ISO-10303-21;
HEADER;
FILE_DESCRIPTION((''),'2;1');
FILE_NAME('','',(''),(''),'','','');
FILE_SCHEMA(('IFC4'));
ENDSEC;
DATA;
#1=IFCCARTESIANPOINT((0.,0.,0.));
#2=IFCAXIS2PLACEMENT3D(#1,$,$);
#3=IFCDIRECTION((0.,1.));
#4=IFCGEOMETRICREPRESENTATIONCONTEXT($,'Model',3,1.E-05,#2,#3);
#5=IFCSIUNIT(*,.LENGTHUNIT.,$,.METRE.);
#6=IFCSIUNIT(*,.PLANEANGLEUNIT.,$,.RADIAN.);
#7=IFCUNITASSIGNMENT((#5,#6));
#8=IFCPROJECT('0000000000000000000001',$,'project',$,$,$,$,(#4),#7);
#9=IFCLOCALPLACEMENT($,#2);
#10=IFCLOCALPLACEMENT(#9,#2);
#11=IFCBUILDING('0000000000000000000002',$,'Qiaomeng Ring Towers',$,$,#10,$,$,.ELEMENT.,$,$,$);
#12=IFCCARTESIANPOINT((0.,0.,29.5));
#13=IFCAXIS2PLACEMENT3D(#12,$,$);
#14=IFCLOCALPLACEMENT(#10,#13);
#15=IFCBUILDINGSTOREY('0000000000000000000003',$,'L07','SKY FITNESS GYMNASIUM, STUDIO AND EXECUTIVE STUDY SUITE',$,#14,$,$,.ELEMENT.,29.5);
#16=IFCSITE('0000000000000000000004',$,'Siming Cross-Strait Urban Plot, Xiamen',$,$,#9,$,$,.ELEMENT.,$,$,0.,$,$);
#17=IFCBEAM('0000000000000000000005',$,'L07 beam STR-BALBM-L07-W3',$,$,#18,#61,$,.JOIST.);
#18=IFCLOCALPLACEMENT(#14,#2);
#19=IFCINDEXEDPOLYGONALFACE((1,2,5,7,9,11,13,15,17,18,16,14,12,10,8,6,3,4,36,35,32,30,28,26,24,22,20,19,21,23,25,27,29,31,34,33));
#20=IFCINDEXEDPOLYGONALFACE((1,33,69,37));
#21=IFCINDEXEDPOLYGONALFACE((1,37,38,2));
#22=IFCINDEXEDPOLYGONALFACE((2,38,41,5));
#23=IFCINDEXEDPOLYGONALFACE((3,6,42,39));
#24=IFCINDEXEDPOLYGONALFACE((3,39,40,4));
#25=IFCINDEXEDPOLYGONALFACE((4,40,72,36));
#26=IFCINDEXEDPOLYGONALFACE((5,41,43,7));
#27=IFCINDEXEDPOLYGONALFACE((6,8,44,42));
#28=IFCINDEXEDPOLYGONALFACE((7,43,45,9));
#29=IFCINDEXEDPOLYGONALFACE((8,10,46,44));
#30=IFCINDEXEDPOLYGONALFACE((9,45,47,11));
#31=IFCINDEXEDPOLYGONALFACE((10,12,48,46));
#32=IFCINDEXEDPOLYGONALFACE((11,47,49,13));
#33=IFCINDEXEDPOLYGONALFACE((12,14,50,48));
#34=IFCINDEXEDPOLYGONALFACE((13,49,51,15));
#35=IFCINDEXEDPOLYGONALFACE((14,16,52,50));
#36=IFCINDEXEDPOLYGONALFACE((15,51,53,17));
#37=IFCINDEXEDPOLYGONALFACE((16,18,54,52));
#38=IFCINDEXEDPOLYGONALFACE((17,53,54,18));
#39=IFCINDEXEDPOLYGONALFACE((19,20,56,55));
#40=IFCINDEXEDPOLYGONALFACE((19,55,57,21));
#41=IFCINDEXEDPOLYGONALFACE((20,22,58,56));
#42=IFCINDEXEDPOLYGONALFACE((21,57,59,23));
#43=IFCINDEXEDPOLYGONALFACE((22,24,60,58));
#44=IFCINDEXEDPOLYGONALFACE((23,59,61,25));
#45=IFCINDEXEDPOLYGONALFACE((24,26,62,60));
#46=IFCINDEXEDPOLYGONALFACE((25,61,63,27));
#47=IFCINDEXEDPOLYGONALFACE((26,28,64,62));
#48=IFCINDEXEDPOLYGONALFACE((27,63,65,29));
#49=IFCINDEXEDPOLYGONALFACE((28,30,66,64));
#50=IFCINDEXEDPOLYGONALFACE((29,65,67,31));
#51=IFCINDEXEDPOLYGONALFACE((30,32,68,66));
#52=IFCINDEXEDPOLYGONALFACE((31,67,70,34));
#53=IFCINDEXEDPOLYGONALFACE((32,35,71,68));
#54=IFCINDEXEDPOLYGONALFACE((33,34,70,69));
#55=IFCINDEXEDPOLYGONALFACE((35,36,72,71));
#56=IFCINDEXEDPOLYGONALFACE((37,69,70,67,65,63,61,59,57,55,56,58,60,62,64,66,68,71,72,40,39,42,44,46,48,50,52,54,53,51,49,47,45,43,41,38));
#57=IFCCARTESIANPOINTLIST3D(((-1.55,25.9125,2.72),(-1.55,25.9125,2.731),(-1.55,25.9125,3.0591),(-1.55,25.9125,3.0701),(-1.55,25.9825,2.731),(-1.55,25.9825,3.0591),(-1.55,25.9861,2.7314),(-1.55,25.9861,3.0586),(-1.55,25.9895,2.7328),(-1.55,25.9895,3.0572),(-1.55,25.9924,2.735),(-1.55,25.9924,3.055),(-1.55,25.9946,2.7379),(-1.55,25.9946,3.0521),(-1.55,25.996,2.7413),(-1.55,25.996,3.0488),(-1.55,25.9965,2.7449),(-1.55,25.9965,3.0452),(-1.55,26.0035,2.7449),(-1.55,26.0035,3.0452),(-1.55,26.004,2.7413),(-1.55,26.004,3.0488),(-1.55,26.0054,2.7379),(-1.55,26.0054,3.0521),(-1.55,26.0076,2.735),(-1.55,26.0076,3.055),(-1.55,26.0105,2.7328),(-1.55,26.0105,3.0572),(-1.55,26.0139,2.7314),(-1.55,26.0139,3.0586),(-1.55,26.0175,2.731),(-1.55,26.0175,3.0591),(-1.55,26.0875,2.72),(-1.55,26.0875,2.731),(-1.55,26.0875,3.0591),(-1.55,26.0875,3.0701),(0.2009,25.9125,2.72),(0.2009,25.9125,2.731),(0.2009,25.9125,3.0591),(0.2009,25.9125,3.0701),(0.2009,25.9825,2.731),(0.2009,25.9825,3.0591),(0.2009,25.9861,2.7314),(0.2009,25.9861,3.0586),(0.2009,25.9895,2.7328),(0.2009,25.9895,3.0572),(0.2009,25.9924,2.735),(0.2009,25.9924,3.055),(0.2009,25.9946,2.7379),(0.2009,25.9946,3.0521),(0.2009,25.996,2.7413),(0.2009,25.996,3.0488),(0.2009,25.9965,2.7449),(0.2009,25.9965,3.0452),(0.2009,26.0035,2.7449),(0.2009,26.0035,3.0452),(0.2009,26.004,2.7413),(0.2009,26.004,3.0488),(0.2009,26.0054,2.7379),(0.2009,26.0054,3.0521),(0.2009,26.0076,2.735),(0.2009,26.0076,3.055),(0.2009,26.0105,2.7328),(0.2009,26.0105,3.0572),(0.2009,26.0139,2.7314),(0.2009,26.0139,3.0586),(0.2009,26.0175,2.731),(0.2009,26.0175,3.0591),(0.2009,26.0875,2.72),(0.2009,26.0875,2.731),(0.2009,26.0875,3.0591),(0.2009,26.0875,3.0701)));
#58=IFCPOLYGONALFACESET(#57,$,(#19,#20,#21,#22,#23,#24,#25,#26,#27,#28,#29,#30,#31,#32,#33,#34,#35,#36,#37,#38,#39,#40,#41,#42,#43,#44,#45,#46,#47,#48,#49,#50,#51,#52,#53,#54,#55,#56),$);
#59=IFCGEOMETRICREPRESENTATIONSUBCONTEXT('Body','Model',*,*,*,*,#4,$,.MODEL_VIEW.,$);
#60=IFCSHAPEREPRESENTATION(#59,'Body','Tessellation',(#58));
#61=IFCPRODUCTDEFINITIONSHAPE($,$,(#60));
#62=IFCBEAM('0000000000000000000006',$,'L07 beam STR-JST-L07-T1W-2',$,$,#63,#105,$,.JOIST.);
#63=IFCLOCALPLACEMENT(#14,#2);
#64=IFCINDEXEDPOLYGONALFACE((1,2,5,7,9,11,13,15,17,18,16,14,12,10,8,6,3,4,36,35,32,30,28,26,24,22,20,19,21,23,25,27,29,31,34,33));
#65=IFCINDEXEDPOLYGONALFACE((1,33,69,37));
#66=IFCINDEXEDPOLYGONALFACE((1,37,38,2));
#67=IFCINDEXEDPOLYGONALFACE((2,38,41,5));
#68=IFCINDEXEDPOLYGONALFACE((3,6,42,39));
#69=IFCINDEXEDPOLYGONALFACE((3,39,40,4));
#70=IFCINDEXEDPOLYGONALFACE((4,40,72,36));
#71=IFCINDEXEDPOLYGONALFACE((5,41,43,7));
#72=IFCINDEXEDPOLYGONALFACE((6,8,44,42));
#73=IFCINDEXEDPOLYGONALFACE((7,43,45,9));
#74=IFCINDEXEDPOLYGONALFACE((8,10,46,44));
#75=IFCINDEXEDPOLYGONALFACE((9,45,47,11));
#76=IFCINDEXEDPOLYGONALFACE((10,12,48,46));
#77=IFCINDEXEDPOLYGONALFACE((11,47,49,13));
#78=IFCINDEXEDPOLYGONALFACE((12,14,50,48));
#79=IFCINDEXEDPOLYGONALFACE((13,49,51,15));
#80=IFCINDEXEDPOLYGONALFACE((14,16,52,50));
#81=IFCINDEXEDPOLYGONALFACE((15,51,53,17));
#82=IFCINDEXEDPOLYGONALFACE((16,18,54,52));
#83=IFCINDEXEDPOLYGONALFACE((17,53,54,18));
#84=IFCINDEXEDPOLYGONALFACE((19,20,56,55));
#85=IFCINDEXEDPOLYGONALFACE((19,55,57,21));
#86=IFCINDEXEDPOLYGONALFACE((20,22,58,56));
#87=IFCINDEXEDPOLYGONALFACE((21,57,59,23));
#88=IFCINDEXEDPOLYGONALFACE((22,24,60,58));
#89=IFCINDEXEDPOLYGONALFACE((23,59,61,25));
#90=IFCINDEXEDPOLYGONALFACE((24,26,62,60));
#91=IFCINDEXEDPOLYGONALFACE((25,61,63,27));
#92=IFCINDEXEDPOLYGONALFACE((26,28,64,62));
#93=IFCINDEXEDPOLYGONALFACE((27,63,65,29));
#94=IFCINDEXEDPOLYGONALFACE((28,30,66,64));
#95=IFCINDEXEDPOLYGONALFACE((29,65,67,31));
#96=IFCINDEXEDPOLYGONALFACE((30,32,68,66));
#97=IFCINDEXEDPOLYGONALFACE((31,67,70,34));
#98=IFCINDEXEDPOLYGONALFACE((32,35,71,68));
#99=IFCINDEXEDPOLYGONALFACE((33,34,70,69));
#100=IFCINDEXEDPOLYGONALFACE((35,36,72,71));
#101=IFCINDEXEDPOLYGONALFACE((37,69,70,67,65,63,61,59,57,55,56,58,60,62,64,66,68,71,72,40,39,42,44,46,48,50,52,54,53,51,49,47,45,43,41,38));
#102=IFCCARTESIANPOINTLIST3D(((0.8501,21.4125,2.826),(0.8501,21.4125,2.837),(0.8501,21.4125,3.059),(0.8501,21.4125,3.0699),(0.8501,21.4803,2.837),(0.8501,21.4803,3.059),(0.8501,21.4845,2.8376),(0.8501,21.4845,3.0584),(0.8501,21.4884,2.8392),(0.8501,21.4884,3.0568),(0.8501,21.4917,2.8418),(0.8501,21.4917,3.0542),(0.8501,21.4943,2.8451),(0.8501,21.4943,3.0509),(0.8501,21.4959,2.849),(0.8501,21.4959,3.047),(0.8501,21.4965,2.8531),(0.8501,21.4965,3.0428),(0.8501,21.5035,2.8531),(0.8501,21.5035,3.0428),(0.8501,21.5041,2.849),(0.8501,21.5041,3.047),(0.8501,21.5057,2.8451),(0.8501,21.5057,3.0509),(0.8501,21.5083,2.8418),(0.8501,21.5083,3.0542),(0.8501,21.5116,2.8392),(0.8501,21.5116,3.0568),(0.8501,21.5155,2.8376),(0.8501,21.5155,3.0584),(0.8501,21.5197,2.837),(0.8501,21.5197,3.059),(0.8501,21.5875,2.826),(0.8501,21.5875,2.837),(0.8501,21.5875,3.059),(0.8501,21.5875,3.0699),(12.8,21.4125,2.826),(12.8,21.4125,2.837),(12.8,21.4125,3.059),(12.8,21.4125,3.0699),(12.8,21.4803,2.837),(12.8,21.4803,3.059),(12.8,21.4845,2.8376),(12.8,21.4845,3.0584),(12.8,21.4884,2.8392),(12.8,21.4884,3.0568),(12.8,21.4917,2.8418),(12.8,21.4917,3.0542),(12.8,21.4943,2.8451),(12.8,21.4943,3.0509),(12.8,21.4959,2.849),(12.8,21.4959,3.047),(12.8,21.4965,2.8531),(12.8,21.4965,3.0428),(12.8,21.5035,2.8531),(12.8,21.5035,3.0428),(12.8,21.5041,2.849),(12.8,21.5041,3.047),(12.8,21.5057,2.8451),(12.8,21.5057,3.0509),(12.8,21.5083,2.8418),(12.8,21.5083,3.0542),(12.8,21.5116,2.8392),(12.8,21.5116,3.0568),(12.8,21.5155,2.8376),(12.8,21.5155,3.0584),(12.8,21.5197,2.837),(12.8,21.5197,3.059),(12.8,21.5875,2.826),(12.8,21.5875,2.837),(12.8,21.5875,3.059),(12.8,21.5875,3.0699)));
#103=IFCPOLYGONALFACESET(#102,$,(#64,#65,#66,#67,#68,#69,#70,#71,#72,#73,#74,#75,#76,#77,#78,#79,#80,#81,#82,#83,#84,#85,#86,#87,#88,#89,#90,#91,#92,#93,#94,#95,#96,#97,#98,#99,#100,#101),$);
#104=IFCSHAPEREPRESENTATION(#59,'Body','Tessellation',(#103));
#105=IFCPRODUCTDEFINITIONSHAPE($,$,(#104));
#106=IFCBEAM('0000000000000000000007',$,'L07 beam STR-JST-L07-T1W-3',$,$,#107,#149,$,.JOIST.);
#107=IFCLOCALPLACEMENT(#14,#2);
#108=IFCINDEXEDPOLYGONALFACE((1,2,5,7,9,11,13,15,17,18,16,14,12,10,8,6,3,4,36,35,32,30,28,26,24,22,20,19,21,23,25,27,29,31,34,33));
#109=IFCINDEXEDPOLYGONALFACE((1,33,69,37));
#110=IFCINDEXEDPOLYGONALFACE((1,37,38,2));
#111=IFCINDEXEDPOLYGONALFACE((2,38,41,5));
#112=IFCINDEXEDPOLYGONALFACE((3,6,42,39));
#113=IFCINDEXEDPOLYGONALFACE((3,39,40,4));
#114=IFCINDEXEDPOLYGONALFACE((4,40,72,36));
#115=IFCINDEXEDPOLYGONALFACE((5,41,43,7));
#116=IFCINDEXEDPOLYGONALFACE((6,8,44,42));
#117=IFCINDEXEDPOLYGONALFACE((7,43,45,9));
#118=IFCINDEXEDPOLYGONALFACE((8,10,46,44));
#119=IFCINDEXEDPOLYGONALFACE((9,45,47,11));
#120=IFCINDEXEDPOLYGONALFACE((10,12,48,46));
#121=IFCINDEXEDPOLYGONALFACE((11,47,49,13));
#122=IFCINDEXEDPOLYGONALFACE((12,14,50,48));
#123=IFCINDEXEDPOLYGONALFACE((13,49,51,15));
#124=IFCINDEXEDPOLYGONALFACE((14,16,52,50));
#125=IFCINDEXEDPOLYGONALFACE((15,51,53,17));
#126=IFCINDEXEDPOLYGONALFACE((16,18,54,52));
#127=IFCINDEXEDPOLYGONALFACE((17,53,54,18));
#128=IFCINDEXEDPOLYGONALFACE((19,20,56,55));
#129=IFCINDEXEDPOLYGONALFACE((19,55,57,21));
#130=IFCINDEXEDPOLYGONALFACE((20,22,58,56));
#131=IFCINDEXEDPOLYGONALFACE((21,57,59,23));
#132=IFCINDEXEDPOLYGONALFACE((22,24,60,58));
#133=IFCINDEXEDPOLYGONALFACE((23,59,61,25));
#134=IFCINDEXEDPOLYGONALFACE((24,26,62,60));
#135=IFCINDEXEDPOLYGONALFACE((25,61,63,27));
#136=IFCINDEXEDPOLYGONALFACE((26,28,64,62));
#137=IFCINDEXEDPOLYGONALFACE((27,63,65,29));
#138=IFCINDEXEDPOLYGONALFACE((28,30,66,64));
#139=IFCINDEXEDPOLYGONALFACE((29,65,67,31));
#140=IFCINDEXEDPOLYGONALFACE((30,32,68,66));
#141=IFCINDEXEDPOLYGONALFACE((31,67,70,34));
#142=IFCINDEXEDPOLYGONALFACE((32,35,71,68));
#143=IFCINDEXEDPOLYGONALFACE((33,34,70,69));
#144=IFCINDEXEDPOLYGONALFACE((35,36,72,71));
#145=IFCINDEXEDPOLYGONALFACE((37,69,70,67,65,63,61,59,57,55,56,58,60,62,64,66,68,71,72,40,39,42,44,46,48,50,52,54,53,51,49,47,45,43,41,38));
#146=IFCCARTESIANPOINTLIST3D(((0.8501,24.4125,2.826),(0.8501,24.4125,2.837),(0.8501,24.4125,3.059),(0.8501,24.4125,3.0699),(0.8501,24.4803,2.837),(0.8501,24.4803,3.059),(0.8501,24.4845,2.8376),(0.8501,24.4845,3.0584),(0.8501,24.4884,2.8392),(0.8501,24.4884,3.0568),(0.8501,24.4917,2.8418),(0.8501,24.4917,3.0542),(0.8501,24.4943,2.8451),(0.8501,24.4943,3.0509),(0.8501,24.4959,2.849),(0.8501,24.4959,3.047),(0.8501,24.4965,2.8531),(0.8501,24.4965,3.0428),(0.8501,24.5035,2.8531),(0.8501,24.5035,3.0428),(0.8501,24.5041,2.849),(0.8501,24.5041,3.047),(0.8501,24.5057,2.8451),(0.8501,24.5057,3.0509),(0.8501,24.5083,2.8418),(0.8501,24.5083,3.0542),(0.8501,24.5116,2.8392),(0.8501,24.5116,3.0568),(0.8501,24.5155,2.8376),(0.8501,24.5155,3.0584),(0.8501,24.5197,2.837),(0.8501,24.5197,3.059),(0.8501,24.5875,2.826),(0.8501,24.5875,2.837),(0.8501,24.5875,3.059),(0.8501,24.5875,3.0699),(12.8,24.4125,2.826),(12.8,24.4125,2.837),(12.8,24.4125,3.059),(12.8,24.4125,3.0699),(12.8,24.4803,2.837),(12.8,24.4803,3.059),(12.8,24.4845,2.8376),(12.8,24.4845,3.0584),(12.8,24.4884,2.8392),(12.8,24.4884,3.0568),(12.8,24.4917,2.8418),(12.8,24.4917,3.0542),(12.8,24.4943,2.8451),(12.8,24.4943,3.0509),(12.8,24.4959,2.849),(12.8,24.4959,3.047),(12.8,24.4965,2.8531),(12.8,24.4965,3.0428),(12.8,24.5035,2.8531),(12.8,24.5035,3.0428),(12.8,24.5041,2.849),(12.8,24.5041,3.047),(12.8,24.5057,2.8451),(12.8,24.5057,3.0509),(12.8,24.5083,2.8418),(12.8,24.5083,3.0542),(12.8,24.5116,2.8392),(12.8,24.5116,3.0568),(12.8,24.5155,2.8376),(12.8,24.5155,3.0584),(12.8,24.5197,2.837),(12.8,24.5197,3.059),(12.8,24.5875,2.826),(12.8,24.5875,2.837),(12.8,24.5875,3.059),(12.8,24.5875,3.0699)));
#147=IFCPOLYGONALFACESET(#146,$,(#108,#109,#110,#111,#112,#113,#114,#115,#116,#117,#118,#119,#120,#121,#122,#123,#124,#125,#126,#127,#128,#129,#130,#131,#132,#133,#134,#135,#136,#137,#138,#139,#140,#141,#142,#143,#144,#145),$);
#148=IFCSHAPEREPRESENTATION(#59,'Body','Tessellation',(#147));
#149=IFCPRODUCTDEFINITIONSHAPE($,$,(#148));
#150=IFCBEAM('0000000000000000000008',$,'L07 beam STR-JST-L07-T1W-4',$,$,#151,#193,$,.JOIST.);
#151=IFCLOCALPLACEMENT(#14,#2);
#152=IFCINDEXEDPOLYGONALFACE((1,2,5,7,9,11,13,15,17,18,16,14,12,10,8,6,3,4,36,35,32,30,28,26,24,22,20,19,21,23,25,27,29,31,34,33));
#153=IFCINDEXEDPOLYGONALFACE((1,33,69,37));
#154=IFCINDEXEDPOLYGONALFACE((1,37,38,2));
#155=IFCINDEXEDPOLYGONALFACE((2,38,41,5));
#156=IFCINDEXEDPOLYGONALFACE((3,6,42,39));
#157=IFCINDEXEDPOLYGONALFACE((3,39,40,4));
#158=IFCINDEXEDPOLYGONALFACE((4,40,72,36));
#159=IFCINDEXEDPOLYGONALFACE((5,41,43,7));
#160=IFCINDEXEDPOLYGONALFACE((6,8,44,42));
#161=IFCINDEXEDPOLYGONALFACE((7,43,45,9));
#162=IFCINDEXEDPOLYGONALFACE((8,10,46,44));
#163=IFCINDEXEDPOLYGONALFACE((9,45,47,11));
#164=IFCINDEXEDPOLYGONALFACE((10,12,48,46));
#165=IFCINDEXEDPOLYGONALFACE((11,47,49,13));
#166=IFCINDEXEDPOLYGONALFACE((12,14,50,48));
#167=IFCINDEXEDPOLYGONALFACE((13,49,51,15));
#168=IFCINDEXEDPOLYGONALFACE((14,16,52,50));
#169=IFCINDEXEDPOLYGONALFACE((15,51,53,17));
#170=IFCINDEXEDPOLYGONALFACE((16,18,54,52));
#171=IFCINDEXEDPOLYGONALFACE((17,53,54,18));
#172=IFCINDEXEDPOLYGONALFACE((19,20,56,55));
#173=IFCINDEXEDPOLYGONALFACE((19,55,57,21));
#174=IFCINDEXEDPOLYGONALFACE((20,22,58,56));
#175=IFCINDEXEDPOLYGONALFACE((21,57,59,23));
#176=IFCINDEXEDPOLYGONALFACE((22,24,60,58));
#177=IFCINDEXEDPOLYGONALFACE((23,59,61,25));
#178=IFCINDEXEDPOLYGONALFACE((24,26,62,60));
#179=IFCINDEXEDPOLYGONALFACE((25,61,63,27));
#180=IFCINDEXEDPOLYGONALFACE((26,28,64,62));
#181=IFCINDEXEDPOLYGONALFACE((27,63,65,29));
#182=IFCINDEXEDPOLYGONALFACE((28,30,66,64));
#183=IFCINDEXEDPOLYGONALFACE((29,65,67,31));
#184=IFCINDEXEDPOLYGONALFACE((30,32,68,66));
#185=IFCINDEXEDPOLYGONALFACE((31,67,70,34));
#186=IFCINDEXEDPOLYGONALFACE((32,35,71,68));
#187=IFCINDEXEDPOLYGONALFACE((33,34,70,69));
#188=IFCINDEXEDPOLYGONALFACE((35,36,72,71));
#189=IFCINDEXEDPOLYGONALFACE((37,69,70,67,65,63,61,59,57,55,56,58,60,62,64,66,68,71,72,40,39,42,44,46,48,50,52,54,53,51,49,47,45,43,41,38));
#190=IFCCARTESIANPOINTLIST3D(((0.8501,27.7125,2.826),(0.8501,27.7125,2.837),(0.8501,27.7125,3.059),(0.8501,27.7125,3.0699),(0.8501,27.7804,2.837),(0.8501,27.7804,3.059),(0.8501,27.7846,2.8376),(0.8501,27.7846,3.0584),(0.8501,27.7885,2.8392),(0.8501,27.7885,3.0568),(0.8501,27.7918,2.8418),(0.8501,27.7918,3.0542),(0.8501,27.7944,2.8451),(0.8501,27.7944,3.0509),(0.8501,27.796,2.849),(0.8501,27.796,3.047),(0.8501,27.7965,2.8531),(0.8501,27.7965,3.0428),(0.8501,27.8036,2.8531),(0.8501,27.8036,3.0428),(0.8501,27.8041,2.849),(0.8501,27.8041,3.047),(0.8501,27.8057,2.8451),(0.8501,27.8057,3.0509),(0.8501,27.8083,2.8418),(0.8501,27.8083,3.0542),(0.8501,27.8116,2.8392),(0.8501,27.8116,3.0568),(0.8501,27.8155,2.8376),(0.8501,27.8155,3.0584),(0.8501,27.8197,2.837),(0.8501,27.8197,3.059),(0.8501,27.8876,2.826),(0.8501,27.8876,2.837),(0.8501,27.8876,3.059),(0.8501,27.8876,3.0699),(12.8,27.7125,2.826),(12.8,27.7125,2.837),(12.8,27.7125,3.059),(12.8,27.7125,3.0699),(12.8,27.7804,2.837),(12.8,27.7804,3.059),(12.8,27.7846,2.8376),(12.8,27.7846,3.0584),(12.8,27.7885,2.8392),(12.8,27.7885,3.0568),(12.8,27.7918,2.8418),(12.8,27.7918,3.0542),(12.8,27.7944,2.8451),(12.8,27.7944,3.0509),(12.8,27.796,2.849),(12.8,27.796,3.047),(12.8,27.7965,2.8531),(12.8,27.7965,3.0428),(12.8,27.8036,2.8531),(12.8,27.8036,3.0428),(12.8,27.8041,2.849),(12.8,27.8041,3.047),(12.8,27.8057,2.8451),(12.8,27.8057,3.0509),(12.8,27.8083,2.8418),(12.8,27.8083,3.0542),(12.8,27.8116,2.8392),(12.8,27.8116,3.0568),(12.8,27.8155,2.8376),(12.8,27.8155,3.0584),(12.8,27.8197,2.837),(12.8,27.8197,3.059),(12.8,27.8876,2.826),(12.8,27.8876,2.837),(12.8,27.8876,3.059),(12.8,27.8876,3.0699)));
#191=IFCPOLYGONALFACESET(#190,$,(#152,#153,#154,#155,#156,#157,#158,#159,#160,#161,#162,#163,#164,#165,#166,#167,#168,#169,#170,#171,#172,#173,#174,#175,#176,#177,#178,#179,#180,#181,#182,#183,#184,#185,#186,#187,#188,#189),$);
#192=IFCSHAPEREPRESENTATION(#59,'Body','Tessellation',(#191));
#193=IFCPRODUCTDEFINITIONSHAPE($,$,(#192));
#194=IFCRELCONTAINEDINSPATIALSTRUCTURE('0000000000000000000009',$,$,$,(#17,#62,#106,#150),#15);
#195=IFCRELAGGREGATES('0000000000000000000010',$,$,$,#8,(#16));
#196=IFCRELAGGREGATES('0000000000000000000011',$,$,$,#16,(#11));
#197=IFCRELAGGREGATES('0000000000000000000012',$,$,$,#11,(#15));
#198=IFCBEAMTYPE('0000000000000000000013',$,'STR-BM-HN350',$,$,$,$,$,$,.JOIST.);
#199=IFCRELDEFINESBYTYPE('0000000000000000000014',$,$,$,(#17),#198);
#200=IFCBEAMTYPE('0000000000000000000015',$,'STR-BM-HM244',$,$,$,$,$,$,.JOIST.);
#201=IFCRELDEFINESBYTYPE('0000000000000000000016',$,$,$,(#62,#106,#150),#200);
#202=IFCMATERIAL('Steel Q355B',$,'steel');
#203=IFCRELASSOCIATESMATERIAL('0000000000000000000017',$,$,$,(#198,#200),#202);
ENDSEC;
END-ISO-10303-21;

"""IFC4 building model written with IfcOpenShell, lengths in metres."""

from ifc_helpers import new_model, si_unit, direction, frame, origin, origin_2d, place, context, subcontext, project, spatial, i_section, extrude, source, transform, mapped, material, material_profile, profile_set, type_object, element, save


model = new_model("IFC4")

# Units and contexts
model_context = context("Model", 3, precision=1e-05, world=origin(), true_north=direction((0.0, 1.0)))
body_context = subcontext(model_context, "Body", "Model", "MODEL_VIEW")
ifc_project = project(units=[si_unit("LENGTHUNIT", "METRE"), si_unit("PLANEANGLEUNIT", "RADIAN")], contexts=[model_context])

# Site, building, storey
site_placement = place(None, origin())
site = spatial("IfcSite", under=ifc_project, at=site_placement, Name="Siming Cross-Strait Urban Plot, Xiamen", CompositionType="ELEMENT", RefElevation=0.0)
building_placement = place(site_placement, origin())
building = spatial("IfcBuilding", under=site, at=building_placement, Name="Qiaomeng Ring Towers", CompositionType="ELEMENT")
storey_placement = place(building_placement, frame((0.0, 0.0, 29.5)))
storey = spatial("IfcBuildingStorey", under=building, at=storey_placement, Name="L07", Description="SKY FITNESS GYMNASIUM, STUDIO AND EXECUTIVE STUDY SUITE", CompositionType="ELEMENT", Elevation=29.5)

# Beams
ifc_material_1 = material(Name="Steel Q355B", Category="steel")
ifc_material_profile_1 = material_profile(ifc_material_1, i_section(OverallWidth=0.175, OverallDepth=0.3501, WebThickness=0.0071, FlangeThickness=0.011, FilletRadius=0.0139, at=origin_2d()), Name="HN 350x175x7x11")
ifc_profile_set_1 = profile_set([ifc_material_profile_1], Name="Steel Q355B")
beam_type_1 = type_object("IfcBeamType", Name="STR-BM-HN350", PredefinedType="JOIST", material=ifc_profile_set_1)
shared_shape_1 = source(origin(), body_context, "Body", "SweptSolid", [
    extrude(i_section(OverallWidth=0.175, OverallDepth=0.3501, WebThickness=0.0071, FlangeThickness=0.011, FilletRadius=0.0139, at=origin_2d()), origin(), (0.0, 0.0, 1.0), 1.751),
])
beam_1_placement = place(storey_placement, frame((-1.55, 26.0, 2.895), z_axis=(1.0, 0.0, 0.0), x_axis=(0.0, 1.0, 0.0)))
element("IfcBeam", 1, at=beam_1_placement, inside=storey, type_object=beam_type_1, Name="L07 beam STR-BALBM-L07-W3", PredefinedType="JOIST", context=body_context, shape_type="MappedRepresentation", body=[
    mapped(shared_shape_1, transform((0.0, 0.0, 0.0), x_axis=(1.0, 0.0, 0.0), y_axis=(0.0, 1.0, 0.0), z_axis=(0.0, 0.0, 1.0), scale=1.0)),
])
ifc_material_profile_2 = material_profile(ifc_material_1, i_section(OverallWidth=0.175, OverallDepth=0.2439, WebThickness=0.0071, FlangeThickness=0.011, FilletRadius=0.0161, at=origin_2d()), Name="HM 244x175x7x11")
ifc_profile_set_2 = profile_set([ifc_material_profile_2], Name="Steel Q355B")
beam_type_2 = type_object("IfcBeamType", Name="STR-BM-HM244", PredefinedType="JOIST", material=ifc_profile_set_2)
shared_shape_2 = source(origin(), body_context, "Body", "SweptSolid", [
    extrude(i_section(OverallWidth=0.175, OverallDepth=0.2439, WebThickness=0.0071, FlangeThickness=0.011, FilletRadius=0.0161, at=origin_2d()), origin(), (0.0, 0.0, 1.0), 11.95),
])
for number, where, z_axis, x_axis, name in (
    (2, (0.8501, 21.5, 2.948), (1.0, 0.0, 0.0), (0.0, 1.0, 0.0), "L07 beam STR-JST-L07-T1W-2"),
    (3, (0.8501, 24.5, 2.948), (1.0, 0.0, 0.0), (0.0, 1.0, 0.0), "L07 beam STR-JST-L07-T1W-3"),
    (4, (0.8501, 27.8, 2.948), (1.0, 0.0, 0.0), (0.0, 1.0, 0.0), "L07 beam STR-JST-L07-T1W-4"),
):
    element("IfcBeam", number, at=place(storey_placement, frame(where, z_axis=z_axis, x_axis=x_axis)), inside=storey, type_object=beam_type_2, Name=name, PredefinedType="JOIST", context=body_context, shape_type="MappedRepresentation", body=[
        mapped(shared_shape_2, transform((0.0, 0.0, 0.0), x_axis=(1.0, 0.0, 0.0), y_axis=(0.0, 1.0, 0.0), z_axis=(0.0, 0.0, 1.0), scale=1.0)),
    ])

save(model, "model.ifc")
